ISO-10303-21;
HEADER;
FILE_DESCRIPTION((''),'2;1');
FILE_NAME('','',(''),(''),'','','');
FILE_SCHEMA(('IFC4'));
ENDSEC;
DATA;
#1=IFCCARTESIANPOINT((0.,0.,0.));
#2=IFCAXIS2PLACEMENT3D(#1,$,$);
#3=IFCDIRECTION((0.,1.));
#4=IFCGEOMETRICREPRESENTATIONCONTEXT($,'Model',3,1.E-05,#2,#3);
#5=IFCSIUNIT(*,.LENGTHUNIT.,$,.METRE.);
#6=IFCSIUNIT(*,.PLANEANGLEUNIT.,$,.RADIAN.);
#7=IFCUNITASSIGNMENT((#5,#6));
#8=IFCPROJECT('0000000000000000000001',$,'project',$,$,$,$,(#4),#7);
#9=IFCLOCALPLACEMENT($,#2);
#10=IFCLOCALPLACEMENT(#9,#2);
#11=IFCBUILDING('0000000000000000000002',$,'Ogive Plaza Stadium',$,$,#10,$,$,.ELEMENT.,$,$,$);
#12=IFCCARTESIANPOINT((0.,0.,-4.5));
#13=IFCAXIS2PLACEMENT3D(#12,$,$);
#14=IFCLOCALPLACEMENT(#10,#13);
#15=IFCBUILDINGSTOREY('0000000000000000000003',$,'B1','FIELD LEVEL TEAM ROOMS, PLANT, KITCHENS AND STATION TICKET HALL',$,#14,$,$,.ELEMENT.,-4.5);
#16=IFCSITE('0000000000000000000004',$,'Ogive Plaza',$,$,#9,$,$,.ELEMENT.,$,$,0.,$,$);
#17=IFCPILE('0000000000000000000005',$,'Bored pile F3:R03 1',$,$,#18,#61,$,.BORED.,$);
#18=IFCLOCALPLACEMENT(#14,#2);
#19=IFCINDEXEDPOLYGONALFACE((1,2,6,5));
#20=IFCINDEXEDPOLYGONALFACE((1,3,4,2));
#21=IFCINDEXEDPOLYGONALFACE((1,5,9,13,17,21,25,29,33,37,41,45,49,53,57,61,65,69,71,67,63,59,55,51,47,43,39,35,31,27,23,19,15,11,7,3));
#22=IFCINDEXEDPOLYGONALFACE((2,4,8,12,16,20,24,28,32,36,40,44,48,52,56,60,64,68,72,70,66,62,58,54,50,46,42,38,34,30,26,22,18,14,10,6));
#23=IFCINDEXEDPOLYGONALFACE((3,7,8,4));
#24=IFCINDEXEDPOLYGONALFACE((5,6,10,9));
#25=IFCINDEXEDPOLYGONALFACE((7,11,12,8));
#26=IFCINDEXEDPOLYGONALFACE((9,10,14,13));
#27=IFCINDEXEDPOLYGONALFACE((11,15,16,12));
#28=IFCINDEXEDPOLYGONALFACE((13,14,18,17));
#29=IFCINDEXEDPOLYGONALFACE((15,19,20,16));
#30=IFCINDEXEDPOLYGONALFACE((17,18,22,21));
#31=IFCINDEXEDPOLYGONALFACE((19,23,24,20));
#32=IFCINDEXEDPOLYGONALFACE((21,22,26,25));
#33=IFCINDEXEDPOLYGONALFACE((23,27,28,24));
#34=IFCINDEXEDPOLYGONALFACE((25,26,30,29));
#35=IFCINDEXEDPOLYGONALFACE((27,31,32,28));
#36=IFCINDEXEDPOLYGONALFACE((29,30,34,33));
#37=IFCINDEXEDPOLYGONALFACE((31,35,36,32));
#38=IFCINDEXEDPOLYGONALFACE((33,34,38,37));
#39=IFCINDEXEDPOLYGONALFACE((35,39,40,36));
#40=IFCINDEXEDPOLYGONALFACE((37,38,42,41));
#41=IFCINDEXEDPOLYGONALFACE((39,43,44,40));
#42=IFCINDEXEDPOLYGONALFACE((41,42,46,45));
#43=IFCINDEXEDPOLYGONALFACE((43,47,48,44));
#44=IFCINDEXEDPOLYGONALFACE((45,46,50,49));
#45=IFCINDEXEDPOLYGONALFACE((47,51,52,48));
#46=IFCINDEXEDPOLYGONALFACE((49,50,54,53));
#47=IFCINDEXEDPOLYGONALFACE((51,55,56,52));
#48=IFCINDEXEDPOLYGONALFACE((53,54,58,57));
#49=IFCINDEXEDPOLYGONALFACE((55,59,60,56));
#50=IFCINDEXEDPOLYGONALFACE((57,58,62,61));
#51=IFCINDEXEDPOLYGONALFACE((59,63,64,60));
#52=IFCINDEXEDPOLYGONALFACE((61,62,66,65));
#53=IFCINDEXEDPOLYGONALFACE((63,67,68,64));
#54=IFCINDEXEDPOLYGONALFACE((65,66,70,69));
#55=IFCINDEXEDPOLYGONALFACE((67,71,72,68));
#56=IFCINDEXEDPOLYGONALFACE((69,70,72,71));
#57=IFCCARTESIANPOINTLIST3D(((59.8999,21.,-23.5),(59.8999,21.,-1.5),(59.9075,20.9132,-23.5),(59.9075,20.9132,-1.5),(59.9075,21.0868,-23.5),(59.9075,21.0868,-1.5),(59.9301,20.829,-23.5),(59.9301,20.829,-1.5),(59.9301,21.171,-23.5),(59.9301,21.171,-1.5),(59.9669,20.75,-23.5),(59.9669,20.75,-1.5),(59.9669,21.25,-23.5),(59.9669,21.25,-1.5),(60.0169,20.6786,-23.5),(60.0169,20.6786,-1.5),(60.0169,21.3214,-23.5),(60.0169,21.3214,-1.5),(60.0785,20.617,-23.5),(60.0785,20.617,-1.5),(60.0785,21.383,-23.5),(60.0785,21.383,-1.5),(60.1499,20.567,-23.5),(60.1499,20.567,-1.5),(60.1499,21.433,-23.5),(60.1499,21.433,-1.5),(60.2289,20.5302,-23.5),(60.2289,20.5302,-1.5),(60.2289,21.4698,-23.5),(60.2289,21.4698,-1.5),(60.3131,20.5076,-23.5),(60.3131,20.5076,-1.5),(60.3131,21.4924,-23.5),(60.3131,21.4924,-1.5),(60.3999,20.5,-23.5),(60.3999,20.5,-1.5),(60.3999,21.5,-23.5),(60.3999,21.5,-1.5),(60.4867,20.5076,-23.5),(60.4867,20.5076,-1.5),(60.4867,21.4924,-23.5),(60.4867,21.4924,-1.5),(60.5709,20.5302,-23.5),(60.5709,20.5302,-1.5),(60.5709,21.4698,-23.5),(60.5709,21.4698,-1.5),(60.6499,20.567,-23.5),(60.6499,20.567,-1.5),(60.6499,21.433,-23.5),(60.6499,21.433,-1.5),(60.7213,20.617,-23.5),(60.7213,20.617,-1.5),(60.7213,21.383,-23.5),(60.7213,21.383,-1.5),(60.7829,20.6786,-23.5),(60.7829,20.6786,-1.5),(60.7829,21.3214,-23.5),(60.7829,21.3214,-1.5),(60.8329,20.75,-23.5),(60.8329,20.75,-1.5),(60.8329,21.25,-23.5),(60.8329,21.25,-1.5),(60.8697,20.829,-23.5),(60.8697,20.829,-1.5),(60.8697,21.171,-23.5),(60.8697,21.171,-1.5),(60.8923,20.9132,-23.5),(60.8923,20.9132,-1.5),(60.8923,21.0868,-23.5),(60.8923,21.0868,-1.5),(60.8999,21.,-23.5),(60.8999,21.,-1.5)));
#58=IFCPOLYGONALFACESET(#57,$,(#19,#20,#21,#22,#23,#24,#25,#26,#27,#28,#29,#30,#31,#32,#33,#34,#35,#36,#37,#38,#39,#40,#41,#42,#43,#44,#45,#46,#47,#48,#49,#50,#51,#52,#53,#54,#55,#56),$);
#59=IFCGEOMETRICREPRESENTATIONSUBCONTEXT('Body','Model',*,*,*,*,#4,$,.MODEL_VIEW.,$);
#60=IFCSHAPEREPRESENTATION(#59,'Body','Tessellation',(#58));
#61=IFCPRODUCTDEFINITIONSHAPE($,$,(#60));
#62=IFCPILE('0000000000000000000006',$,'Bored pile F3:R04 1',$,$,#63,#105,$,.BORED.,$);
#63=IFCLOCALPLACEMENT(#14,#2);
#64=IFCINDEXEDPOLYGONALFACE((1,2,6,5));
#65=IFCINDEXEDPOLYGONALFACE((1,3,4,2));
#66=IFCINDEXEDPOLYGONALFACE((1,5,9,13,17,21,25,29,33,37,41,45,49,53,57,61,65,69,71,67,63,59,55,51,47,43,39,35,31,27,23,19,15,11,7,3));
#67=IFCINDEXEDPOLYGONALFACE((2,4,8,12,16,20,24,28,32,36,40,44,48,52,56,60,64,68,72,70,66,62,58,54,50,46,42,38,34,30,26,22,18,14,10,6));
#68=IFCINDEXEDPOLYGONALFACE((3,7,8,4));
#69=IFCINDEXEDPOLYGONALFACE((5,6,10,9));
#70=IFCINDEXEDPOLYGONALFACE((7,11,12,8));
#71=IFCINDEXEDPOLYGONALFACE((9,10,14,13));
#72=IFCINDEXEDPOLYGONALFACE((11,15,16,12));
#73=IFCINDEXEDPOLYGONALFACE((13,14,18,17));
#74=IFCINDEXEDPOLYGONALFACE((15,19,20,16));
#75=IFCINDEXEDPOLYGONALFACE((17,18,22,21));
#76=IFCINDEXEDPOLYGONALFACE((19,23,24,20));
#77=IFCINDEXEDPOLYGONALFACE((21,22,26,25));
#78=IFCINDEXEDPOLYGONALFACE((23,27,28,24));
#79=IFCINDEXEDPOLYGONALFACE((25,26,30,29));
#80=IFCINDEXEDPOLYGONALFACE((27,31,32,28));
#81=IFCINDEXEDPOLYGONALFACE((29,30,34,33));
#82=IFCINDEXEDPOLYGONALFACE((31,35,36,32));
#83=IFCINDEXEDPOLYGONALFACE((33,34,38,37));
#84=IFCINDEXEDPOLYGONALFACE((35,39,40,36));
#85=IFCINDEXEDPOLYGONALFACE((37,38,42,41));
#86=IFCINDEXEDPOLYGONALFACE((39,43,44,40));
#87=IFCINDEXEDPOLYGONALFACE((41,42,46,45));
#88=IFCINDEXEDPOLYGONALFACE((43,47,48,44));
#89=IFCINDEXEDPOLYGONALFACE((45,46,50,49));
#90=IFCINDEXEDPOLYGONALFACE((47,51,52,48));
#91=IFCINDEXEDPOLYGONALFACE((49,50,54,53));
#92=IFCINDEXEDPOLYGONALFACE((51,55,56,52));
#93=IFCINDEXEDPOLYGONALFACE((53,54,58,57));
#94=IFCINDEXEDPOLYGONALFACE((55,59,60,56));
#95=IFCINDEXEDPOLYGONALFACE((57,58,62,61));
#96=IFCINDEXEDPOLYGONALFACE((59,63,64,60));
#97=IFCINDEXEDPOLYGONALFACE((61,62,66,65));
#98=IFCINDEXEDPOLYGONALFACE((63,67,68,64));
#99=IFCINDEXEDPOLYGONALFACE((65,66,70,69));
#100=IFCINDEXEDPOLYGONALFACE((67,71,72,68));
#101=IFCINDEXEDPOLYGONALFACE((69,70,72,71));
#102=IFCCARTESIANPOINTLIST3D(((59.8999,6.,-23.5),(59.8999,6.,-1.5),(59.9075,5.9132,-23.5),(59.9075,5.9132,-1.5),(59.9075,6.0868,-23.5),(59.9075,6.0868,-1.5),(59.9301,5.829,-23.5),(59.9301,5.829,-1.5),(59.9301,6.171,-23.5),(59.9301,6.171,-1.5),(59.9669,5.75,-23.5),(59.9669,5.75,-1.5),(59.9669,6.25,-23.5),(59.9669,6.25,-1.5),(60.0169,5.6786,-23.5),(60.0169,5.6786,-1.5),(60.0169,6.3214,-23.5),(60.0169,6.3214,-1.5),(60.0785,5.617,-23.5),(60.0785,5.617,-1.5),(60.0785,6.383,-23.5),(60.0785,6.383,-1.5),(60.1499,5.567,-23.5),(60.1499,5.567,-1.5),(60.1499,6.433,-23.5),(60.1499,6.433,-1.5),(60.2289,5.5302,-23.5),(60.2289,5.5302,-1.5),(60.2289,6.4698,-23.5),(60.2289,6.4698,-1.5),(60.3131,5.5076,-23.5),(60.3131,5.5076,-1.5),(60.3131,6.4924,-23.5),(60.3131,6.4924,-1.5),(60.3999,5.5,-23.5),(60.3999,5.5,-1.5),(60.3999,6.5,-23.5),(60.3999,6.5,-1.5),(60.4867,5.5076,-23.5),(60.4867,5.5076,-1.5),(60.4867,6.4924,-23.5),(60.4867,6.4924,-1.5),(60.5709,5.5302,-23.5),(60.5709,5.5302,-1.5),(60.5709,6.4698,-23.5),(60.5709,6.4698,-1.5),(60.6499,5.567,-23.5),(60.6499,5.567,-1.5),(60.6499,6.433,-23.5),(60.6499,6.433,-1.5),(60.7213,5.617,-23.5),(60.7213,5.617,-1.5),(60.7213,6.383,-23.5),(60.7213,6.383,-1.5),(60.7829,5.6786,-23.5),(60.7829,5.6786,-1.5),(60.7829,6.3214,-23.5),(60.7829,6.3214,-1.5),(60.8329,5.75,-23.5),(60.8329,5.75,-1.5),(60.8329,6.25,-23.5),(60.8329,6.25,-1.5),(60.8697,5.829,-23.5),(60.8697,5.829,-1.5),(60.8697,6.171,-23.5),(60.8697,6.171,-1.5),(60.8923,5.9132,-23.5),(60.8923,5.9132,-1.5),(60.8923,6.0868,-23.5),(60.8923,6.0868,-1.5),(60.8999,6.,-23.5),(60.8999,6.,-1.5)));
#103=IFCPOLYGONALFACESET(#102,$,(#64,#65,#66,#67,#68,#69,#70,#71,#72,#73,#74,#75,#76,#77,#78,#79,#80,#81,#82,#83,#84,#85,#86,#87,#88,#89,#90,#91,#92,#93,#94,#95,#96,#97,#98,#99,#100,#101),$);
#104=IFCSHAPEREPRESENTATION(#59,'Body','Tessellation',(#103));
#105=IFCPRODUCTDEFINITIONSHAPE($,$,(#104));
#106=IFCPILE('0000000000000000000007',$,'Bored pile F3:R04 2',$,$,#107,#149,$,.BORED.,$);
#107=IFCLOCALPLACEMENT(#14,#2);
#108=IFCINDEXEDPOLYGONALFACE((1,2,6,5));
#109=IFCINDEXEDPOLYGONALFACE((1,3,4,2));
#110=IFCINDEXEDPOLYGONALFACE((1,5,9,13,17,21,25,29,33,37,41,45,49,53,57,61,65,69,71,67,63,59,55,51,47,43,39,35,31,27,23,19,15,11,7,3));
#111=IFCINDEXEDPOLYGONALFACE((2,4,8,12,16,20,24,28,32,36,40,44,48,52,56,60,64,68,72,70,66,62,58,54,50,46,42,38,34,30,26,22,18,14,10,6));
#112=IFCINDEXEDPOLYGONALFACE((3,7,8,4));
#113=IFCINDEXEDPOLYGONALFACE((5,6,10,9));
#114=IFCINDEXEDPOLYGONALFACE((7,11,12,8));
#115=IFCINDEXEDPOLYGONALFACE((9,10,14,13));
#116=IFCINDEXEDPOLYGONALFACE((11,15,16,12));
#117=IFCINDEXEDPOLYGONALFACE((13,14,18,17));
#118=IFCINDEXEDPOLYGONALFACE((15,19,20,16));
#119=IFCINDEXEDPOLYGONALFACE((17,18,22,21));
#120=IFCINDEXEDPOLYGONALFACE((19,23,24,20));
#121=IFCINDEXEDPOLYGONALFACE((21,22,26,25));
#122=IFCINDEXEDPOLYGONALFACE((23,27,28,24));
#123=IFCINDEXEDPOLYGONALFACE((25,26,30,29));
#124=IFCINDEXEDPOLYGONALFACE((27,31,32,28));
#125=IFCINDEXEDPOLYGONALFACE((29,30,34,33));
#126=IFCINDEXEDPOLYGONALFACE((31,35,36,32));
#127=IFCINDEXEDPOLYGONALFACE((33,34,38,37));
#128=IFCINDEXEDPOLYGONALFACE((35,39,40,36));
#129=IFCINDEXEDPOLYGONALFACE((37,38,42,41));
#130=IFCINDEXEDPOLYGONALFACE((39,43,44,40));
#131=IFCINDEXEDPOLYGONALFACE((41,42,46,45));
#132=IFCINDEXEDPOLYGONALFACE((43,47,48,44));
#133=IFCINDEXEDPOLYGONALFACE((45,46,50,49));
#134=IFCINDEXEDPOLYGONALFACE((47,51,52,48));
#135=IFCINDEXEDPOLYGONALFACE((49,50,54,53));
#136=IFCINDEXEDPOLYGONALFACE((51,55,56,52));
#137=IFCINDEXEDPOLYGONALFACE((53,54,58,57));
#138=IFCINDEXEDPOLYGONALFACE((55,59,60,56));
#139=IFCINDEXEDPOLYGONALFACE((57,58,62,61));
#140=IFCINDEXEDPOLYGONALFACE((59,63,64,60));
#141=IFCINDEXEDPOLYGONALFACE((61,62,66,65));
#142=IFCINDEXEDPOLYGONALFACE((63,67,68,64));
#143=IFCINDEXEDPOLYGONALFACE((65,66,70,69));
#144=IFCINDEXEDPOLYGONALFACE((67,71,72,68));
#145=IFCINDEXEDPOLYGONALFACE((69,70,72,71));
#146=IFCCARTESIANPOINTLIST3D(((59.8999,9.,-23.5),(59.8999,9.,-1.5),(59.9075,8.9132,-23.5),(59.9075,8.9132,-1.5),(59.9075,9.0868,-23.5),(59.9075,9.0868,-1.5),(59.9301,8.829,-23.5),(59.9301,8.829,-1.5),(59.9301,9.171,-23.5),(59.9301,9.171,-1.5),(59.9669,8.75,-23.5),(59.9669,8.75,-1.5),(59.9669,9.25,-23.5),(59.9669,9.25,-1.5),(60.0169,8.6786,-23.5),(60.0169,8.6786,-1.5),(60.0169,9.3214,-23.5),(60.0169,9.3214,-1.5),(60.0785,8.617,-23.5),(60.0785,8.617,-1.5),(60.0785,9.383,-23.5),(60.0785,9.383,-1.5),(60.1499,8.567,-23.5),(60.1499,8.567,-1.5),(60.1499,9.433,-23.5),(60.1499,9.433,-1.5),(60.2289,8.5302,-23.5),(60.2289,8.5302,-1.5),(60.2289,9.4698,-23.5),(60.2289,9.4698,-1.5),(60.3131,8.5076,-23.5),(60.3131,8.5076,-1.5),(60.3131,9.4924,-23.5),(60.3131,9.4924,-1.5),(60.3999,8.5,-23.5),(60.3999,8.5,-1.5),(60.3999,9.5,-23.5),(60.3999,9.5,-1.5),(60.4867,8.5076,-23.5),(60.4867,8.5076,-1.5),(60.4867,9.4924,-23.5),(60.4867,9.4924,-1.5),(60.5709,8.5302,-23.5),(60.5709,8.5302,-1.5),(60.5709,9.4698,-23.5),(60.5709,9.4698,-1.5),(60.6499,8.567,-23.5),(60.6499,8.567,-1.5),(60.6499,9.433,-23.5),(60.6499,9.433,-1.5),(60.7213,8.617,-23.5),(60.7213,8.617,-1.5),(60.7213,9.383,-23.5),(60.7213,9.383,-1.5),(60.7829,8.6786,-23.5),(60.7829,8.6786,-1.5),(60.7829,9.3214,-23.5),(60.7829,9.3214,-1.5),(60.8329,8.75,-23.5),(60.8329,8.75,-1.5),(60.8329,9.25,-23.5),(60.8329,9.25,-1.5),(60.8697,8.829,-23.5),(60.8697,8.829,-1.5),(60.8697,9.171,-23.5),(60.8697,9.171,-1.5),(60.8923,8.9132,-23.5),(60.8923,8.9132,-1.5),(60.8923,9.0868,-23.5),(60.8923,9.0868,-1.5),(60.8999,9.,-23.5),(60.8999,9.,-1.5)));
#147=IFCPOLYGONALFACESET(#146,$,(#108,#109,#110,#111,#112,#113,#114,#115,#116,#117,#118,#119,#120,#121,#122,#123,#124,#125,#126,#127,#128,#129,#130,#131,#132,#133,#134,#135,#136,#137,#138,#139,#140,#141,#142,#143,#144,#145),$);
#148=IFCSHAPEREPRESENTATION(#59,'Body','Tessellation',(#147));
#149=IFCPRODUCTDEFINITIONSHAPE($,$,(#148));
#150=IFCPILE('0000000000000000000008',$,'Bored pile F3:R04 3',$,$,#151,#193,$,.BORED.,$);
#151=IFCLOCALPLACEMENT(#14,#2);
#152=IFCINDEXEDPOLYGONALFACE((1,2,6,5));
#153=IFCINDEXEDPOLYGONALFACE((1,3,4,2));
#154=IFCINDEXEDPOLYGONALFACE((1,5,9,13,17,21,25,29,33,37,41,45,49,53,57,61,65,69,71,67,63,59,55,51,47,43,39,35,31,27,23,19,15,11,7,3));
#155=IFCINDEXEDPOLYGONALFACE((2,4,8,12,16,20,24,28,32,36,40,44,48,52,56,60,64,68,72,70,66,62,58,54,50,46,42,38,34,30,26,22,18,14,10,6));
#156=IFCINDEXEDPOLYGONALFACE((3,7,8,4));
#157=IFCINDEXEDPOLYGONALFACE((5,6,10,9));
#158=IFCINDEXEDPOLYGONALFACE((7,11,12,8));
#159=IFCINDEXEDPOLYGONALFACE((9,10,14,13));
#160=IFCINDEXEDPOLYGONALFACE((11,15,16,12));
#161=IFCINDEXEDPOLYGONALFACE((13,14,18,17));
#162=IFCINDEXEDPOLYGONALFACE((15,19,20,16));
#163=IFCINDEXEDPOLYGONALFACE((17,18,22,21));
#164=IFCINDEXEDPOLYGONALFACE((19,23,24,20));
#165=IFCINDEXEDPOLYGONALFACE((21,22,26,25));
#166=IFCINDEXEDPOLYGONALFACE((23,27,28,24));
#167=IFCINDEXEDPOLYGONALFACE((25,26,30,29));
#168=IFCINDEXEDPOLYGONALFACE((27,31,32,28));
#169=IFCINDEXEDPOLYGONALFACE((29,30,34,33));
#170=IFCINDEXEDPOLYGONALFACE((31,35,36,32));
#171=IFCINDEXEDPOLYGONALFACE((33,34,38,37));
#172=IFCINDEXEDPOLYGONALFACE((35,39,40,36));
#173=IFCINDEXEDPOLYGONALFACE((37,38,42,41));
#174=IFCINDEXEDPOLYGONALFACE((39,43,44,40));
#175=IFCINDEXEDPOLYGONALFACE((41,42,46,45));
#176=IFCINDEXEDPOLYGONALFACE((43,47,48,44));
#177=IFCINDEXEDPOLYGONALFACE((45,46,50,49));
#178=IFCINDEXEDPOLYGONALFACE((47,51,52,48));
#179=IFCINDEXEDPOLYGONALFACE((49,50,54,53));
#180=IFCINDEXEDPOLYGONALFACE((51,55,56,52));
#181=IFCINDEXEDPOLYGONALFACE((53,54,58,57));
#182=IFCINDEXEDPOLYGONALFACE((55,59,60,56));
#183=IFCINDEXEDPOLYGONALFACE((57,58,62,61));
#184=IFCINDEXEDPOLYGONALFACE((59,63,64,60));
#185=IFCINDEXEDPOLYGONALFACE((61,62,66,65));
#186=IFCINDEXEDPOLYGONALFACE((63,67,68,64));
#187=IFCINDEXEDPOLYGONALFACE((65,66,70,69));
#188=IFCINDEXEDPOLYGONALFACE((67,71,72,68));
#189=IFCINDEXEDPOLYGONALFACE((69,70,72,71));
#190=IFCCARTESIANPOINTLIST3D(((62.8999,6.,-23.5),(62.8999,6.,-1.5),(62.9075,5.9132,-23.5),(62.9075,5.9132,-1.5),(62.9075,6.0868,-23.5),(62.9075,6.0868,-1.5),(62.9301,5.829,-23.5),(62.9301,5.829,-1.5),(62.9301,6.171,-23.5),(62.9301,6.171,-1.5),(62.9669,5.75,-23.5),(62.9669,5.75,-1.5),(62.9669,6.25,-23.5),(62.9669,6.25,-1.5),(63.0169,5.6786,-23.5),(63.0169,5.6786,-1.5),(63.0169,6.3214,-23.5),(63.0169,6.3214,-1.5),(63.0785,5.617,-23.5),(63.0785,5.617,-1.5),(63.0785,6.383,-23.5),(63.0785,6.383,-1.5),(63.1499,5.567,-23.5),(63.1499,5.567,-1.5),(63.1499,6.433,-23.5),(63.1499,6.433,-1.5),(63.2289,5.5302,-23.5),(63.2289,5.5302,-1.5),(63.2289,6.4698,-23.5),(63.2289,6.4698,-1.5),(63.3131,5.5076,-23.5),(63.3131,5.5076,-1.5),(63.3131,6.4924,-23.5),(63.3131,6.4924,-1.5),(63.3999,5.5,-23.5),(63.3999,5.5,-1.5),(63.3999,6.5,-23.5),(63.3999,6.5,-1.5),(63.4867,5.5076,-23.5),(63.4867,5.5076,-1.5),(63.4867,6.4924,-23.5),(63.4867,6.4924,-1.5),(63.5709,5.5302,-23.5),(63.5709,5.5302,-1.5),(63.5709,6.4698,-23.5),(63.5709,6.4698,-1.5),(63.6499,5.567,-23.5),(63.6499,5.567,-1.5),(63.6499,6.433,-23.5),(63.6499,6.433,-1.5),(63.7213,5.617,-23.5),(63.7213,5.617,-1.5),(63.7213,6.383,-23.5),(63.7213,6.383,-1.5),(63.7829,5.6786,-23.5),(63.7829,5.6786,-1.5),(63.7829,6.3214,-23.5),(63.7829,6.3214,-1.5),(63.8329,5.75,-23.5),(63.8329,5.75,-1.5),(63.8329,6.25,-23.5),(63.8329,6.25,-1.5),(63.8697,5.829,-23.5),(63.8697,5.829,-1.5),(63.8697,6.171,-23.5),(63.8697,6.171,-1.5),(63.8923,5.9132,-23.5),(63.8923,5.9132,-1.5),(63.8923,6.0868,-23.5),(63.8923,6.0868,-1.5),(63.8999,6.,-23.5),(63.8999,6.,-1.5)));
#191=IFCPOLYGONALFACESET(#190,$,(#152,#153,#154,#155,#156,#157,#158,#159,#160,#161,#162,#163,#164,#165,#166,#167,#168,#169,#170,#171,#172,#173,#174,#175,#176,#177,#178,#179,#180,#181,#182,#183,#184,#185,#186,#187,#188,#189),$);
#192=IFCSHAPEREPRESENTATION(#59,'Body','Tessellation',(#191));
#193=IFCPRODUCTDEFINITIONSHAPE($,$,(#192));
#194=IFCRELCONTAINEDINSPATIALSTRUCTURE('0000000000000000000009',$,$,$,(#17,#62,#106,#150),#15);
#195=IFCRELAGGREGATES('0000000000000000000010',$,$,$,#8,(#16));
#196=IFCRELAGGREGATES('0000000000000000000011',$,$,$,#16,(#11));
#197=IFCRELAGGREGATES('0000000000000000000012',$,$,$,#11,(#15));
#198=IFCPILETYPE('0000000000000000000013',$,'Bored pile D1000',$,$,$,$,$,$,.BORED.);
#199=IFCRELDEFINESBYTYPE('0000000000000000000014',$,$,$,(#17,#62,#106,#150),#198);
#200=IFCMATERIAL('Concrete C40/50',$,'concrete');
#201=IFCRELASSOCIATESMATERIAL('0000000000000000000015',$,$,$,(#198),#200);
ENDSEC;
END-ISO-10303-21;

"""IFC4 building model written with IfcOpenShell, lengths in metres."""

from ifc_helpers import new_model, si_unit, direction, frame, origin, origin_2d, place, context, subcontext, project, spatial, circle, extrude, material, material_profile, profile_set, type_object, element, save


model = new_model("IFC4")

# Units and contexts
model_context = context("Model", 3, precision=1e-05, world=origin(), true_north=direction((0.0, 1.0)))
body_context = subcontext(model_context, "Body", "Model", "MODEL_VIEW")
ifc_project = project(units=[si_unit("LENGTHUNIT", "METRE"), si_unit("PLANEANGLEUNIT", "RADIAN")], contexts=[model_context])

# Site, building, storey
site_placement = place(None, origin())
site = spatial("IfcSite", under=ifc_project, at=site_placement, Name="Ogive Plaza", CompositionType="ELEMENT", RefElevation=0.0)
building_placement = place(site_placement, origin())
building = spatial("IfcBuilding", under=site, at=building_placement, Name="Ogive Plaza Stadium", CompositionType="ELEMENT")
storey_placement = place(building_placement, frame((0.0, 0.0, -4.5)))
storey = spatial("IfcBuildingStorey", under=building, at=storey_placement, Name="B1", Description="FIELD LEVEL TEAM ROOMS, PLANT, KITCHENS AND STATION TICKET HALL", CompositionType="ELEMENT", Elevation=-4.5)

# Piles
ifc_material_1 = material(Name="Concrete C40/50", Category="concrete")
ifc_material_profile_1 = material_profile(ifc_material_1, circle(Radius=0.5, at=origin_2d()), Name="RC D1000")
ifc_profile_set_1 = profile_set([ifc_material_profile_1], Name="Concrete C40/50")
pile_type_1 = type_object("IfcPileType", Name="Bored pile D1000", PredefinedType="BORED", material=ifc_profile_set_1)
for number, where, z_axis, x_axis, name in (
    (1, (60.3999, 21.0, -1.5), (0.0, 0.0, -1.0), (1.0, 0.0, 0.0), "Bored pile F3:R03 1"),
    (2, (60.3999, 6.0, -1.5), (0.0, 0.0, -1.0), (1.0, 0.0, 0.0), "Bored pile F3:R04 1"),
    (3, (60.3999, 9.0, -1.5), (0.0, 0.0, -1.0), (1.0, 0.0, 0.0), "Bored pile F3:R04 2"),
    (4, (63.3999, 6.0, -1.5), (0.0, 0.0, -1.0), (1.0, 0.0, 0.0), "Bored pile F3:R04 3"),
):
    element("IfcPile", number, at=place(storey_placement, frame(where, z_axis=z_axis, x_axis=x_axis)), inside=storey, type_object=pile_type_1, Name=name, PredefinedType="BORED", context=body_context, shape_type="SweptSolid", body=[
        extrude(circle(Radius=0.5, at=origin_2d()), origin(), (0.0, 0.0, 1.0), 22.0),
    ])

save(model, "model.ifc")
